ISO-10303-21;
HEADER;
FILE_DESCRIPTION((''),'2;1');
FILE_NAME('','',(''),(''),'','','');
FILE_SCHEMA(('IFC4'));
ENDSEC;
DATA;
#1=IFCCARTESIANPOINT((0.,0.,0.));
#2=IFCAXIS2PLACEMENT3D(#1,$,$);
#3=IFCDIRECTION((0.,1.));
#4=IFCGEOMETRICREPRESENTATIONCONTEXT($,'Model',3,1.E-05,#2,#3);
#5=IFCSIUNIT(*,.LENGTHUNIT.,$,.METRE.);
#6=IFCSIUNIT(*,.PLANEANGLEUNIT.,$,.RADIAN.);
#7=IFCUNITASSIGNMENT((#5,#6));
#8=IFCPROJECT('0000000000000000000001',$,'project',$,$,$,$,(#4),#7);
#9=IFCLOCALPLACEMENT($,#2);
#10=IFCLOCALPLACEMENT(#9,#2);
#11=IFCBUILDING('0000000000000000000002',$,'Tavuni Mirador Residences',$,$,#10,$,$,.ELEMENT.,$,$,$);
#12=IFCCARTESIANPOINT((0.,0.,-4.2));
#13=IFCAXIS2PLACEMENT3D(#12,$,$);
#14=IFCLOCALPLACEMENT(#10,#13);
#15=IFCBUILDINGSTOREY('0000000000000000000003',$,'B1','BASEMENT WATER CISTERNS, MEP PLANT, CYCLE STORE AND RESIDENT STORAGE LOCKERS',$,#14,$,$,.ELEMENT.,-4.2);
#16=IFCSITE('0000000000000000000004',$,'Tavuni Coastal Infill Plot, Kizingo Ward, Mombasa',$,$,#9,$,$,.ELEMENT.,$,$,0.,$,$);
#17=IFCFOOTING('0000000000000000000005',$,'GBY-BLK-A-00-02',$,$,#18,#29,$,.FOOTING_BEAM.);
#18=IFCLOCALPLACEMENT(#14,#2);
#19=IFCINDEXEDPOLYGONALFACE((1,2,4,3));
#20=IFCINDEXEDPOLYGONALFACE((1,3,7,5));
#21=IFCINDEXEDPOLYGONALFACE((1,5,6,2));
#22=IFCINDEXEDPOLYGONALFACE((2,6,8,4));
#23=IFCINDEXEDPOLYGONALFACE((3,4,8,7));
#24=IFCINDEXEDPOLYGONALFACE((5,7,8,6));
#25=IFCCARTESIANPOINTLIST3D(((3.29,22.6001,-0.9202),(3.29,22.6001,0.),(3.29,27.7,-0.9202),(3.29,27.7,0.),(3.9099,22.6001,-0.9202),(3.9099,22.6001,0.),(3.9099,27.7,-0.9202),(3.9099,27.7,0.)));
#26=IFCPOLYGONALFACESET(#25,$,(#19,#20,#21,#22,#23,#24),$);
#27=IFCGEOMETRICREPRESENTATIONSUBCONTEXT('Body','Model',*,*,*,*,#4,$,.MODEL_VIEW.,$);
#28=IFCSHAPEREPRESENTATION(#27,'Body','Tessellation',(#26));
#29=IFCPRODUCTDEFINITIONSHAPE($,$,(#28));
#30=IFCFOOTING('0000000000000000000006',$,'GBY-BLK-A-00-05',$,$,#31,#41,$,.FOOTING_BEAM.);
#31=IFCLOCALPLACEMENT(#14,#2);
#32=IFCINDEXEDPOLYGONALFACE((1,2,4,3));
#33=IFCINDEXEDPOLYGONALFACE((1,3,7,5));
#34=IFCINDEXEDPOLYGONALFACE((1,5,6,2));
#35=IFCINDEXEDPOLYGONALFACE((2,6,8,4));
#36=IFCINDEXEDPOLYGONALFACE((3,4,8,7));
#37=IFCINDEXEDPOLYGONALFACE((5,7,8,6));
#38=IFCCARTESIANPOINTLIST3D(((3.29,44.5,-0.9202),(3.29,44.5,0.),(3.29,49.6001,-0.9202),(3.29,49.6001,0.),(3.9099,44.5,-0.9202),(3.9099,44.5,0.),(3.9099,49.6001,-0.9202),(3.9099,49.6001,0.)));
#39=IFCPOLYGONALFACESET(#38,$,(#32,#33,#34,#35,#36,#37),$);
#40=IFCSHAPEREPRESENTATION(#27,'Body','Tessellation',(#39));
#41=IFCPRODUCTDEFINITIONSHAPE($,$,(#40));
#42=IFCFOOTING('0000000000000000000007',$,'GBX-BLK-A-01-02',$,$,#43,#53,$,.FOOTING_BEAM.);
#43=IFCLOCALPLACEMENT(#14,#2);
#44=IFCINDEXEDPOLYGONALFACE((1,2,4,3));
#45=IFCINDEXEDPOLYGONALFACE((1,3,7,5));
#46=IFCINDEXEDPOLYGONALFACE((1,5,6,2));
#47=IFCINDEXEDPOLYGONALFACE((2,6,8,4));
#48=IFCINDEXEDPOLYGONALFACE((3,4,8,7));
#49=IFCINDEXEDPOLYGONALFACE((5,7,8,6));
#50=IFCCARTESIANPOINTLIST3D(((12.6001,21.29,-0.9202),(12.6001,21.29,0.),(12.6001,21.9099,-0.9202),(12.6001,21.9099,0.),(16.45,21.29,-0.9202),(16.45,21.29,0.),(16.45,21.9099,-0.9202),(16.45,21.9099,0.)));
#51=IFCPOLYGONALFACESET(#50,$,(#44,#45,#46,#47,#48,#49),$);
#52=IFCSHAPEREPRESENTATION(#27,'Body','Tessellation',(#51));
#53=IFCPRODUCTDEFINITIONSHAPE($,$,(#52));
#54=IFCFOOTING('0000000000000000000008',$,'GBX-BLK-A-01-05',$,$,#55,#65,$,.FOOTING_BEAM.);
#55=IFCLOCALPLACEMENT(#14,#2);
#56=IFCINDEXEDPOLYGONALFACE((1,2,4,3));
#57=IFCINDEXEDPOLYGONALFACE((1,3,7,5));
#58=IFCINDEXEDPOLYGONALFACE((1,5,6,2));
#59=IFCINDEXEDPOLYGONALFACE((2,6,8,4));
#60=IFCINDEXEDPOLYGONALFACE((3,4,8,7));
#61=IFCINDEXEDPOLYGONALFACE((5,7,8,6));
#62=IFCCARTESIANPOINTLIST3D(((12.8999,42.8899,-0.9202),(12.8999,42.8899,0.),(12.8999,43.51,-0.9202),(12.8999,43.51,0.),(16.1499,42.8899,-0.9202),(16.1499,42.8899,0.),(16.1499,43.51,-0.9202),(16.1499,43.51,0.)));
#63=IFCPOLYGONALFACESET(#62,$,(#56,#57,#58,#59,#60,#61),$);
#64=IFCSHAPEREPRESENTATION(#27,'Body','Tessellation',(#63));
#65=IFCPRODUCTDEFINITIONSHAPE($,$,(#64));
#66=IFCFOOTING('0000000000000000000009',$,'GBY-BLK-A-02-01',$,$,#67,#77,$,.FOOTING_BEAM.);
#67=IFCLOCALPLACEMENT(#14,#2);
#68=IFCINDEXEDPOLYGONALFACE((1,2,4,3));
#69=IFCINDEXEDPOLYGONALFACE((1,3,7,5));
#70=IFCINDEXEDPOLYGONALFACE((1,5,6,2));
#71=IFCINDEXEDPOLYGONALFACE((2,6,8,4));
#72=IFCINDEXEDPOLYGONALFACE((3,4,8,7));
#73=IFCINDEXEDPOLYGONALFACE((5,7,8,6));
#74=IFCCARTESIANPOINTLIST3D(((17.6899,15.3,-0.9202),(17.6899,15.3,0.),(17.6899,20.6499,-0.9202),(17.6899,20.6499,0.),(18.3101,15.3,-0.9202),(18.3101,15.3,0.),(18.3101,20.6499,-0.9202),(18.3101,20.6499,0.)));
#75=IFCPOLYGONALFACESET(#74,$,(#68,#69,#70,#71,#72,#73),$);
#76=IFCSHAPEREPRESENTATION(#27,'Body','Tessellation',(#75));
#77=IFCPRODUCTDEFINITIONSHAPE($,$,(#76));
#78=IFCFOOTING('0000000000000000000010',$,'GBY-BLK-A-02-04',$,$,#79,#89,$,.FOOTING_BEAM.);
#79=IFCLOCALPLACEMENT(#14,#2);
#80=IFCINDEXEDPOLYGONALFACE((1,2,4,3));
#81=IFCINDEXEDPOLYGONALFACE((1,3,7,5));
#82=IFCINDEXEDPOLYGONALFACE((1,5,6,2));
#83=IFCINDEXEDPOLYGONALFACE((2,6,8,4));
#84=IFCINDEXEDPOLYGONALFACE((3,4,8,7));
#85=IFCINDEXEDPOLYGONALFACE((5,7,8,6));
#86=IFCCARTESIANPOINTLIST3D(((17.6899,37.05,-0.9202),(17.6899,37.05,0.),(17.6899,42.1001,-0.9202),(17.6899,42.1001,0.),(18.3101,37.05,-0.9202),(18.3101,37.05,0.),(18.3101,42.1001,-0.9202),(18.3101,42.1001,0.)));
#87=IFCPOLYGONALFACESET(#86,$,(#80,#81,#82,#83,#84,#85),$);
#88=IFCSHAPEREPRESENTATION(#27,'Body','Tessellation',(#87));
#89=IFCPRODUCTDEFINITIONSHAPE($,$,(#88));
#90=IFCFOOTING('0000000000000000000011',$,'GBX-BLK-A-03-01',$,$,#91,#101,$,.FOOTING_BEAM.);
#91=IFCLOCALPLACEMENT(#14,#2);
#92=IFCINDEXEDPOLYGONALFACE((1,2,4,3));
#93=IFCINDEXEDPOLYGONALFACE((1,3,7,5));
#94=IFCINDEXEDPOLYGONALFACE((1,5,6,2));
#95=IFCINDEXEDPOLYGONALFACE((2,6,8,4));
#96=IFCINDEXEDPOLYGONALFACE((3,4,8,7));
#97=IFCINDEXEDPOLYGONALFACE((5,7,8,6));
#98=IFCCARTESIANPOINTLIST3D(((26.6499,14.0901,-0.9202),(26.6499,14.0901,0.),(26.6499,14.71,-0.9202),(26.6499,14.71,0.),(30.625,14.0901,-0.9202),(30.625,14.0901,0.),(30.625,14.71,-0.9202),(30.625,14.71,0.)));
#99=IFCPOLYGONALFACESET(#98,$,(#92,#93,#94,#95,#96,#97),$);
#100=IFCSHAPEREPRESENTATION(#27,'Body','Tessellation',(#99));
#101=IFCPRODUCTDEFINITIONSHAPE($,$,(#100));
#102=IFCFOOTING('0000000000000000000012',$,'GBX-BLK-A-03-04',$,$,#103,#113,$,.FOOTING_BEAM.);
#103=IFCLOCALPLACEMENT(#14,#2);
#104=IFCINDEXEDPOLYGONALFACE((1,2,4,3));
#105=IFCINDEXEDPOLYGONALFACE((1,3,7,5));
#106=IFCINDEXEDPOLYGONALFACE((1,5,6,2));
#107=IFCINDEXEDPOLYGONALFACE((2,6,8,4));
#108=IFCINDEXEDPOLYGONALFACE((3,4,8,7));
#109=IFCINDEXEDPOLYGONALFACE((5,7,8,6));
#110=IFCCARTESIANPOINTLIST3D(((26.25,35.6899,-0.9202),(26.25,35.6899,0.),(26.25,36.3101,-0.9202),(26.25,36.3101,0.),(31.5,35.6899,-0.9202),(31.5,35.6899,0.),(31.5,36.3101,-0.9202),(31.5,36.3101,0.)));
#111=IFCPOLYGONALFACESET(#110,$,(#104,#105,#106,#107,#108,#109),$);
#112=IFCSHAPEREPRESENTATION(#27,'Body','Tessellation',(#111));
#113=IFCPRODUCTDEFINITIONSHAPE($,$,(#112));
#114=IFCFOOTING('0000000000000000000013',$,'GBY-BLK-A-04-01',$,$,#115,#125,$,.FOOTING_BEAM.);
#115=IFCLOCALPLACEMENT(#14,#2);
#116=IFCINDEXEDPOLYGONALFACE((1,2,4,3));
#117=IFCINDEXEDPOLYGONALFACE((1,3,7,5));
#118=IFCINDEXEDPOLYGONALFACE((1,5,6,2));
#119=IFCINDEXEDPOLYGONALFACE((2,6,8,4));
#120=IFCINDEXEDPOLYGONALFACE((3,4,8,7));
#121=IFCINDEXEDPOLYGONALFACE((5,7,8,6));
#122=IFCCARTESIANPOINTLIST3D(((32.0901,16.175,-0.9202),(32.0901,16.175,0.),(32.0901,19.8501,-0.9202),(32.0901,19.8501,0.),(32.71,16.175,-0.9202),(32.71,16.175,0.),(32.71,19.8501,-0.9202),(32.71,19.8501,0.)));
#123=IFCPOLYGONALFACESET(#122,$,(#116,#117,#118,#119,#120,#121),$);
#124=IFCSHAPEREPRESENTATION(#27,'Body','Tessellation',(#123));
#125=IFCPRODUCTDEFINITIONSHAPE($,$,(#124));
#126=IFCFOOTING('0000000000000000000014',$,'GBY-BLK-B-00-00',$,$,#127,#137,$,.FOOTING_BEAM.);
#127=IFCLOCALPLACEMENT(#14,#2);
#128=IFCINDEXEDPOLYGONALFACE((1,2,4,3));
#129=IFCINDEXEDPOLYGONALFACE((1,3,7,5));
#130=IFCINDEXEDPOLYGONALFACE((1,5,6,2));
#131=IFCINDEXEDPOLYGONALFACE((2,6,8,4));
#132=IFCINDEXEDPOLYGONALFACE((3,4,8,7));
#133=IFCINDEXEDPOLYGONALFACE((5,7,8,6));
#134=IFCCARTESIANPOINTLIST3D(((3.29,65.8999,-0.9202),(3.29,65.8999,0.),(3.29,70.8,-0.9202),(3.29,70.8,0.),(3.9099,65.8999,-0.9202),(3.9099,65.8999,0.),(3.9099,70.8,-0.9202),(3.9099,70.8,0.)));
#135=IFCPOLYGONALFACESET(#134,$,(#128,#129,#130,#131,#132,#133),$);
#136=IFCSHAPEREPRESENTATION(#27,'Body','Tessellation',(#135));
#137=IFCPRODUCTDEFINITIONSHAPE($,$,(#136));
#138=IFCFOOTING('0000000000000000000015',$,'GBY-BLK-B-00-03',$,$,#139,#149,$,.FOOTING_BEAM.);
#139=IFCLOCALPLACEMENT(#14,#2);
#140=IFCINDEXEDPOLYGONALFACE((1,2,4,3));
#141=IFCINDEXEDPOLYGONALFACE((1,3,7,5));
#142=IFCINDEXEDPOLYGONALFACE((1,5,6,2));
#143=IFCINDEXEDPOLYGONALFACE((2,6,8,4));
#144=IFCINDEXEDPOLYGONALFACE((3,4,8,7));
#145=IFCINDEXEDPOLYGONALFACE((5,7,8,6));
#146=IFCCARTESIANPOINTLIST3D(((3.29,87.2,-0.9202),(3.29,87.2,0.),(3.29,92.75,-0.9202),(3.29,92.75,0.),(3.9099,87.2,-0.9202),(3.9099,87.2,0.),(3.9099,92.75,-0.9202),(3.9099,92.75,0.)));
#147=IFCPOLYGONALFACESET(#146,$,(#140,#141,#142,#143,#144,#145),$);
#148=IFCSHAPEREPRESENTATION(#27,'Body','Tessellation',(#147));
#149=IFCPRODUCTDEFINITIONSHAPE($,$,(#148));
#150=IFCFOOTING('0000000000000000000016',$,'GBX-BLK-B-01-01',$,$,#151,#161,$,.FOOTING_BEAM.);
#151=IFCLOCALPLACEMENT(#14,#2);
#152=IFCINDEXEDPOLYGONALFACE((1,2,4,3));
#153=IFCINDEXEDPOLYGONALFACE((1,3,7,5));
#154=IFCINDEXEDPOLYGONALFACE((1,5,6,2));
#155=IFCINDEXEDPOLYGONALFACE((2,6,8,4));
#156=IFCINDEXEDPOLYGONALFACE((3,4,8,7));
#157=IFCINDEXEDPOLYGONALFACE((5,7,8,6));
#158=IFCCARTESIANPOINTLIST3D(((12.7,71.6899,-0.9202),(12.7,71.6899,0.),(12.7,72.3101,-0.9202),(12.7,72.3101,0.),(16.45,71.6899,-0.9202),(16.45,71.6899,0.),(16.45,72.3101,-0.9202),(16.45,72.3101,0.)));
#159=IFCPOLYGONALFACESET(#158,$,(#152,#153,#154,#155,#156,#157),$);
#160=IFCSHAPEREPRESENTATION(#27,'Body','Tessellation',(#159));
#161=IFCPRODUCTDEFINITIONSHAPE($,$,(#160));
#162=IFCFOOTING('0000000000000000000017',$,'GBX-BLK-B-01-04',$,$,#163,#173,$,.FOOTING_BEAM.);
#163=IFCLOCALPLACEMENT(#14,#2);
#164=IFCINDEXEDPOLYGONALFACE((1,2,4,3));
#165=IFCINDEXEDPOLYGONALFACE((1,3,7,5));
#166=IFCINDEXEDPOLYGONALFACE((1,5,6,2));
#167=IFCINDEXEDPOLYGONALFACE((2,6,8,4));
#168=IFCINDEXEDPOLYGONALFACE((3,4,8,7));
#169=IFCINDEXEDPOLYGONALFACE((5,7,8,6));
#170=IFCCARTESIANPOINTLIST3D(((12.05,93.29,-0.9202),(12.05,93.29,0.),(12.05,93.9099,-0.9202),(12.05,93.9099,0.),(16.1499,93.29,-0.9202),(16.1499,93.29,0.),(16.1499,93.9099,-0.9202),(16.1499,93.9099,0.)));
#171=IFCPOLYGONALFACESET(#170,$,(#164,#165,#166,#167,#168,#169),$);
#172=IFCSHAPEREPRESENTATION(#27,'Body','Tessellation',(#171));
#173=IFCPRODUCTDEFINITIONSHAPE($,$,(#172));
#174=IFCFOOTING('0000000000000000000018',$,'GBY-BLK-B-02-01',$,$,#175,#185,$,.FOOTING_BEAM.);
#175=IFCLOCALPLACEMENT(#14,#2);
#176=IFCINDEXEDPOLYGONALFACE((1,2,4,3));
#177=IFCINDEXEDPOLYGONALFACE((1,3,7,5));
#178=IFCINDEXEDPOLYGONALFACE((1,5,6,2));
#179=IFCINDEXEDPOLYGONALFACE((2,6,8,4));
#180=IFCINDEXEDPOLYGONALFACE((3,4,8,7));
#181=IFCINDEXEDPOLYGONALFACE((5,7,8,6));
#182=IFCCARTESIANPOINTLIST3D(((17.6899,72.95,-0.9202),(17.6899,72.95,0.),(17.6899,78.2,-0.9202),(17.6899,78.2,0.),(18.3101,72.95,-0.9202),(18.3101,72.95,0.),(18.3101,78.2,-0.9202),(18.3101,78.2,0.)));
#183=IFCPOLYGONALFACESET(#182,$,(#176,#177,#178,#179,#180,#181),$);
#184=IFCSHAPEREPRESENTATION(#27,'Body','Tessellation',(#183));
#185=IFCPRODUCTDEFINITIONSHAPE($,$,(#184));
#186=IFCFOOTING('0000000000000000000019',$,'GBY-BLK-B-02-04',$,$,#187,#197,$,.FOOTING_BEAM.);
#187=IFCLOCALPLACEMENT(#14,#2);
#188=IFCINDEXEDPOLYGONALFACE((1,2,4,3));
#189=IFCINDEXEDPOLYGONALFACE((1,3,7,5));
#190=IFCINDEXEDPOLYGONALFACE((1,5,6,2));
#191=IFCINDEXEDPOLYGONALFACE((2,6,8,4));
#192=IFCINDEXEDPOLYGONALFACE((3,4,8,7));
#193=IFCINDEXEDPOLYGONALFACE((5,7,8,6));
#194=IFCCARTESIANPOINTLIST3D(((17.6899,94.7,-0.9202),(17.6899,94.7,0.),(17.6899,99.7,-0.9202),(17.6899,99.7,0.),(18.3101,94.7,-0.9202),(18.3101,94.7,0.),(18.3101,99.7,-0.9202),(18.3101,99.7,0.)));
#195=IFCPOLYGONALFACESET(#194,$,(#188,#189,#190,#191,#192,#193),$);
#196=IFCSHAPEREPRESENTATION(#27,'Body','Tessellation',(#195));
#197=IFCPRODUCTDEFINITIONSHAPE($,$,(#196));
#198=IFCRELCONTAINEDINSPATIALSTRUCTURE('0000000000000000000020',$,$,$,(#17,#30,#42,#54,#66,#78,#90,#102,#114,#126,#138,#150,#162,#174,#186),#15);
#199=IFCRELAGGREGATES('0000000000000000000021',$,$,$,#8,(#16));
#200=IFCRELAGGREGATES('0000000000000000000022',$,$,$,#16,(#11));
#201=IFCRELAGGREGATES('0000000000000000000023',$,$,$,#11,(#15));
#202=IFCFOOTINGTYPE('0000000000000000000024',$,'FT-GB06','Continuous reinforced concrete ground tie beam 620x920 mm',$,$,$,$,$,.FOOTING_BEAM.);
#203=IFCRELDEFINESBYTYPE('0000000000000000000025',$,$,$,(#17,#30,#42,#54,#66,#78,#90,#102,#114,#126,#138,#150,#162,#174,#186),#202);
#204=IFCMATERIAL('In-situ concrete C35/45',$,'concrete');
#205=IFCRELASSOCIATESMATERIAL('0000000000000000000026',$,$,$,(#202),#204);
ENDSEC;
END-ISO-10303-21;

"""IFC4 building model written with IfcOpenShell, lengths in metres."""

from ifc_helpers import new_model, si_unit, direction, frame, origin, place, context, subcontext, project, spatial, polyline, outline, extrude, material, type_object, element, save


model = new_model("IFC4")

# Units and contexts
model_context = context("Model", 3, precision=1e-05, world=origin(), true_north=direction((0.0, 1.0)))
body_context = subcontext(model_context, "Body", "Model", "MODEL_VIEW")
ifc_project = project(units=[si_unit("LENGTHUNIT", "METRE"), si_unit("PLANEANGLEUNIT", "RADIAN")], contexts=[model_context])

# Site, building, storey
site_placement = place(None, origin())
site = spatial("IfcSite", under=ifc_project, at=site_placement, Name="Tavuni Coastal Infill Plot, Kizingo Ward, Mombasa", CompositionType="ELEMENT", RefElevation=0.0)
building_placement = place(site_placement, origin())
building = spatial("IfcBuilding", under=site, at=building_placement, Name="Tavuni Mirador Residences", CompositionType="ELEMENT")
storey_placement = place(building_placement, frame((0.0, 0.0, -4.2)))
storey = spatial("IfcBuildingStorey", under=building, at=storey_placement, Name="B1", Description="BASEMENT WATER CISTERNS, MEP PLANT, CYCLE STORE AND RESIDENT STORAGE LOCKERS", CompositionType="ELEMENT", Elevation=-4.2)

# Footings
ifc_material = material(Name="In-situ concrete C35/45", Category="concrete")
footing_type = type_object("IfcFootingType", Name="FT-GB06", Description="Continuous reinforced concrete ground tie beam 620x920 mm", PredefinedType="FOOTING_BEAM", material=ifc_material)
footing_1_placement = place(storey_placement, frame((0.0, 0.0, -0.9202)))
element("IfcFooting", 1, at=footing_1_placement, inside=storey, type_object=footing_type, Name="GBY-BLK-A-00-02", PredefinedType="FOOTING_BEAM", context=body_context, shape_type="SweptSolid", body=[
    extrude(outline(polyline([(3.29, 22.6001), (3.9099, 22.6001), (3.9099, 27.7), (3.29, 27.7), (3.29, 22.6001)])), origin(), (0.0, 0.0, 1.0), 0.9202),
])
footing_2_placement = place(storey_placement, frame((0.0, 0.0, -0.9202)))
element("IfcFooting", 2, at=footing_2_placement, inside=storey, type_object=footing_type, Name="GBY-BLK-A-00-05", PredefinedType="FOOTING_BEAM", context=body_context, shape_type="SweptSolid", body=[
    extrude(outline(polyline([(3.29, 44.5), (3.9099, 44.5), (3.9099, 49.6001), (3.29, 49.6001), (3.29, 44.5)])), origin(), (0.0, 0.0, 1.0), 0.9202),
])
footing_3_placement = place(storey_placement, frame((0.0, 0.0, -0.9202)))
element("IfcFooting", 3, at=footing_3_placement, inside=storey, type_object=footing_type, Name="GBX-BLK-A-01-02", PredefinedType="FOOTING_BEAM", context=body_context, shape_type="SweptSolid", body=[
    extrude(outline(polyline([(12.6001, 21.29), (16.45, 21.29), (16.45, 21.9099), (12.6001, 21.9099), (12.6001, 21.29)])), origin(), (0.0, 0.0, 1.0), 0.9202),
])
footing_4_placement = place(storey_placement, frame((0.0, 0.0, -0.9202)))
element("IfcFooting", 4, at=footing_4_placement, inside=storey, type_object=footing_type, Name="GBX-BLK-A-01-05", PredefinedType="FOOTING_BEAM", context=body_context, shape_type="SweptSolid", body=[
    extrude(outline(polyline([(12.8999, 42.8899), (16.1499, 42.8899), (16.1499, 43.51), (12.8999, 43.51), (12.8999, 42.8899)])), origin(), (0.0, 0.0, 1.0), 0.9202),
])
footing_5_placement = place(storey_placement, frame((0.0, 0.0, -0.9202)))
element("IfcFooting", 5, at=footing_5_placement, inside=storey, type_object=footing_type, Name="GBY-BLK-A-02-01", PredefinedType="FOOTING_BEAM", context=body_context, shape_type="SweptSolid", body=[
    extrude(outline(polyline([(17.6899, 15.3), (18.3101, 15.3), (18.3101, 20.6499), (17.6899, 20.6499), (17.6899, 15.3)])), origin(), (0.0, 0.0, 1.0), 0.9202),
])
footing_6_placement = place(storey_placement, frame((0.0, 0.0, -0.9202)))
element("IfcFooting", 6, at=footing_6_placement, inside=storey, type_object=footing_type, Name="GBY-BLK-A-02-04", PredefinedType="FOOTING_BEAM", context=body_context, shape_type="SweptSolid", body=[
    extrude(outline(polyline([(17.6899, 37.05), (18.3101, 37.05), (18.3101, 42.1001), (17.6899, 42.1001), (17.6899, 37.05)])), origin(), (0.0, 0.0, 1.0), 0.9202),
])
footing_7_placement = place(storey_placement, frame((0.0, 0.0, -0.9202)))
element("IfcFooting", 7, at=footing_7_placement, inside=storey, type_object=footing_type, Name="GBX-BLK-A-03-01", PredefinedType="FOOTING_BEAM", context=body_context, shape_type="SweptSolid", body=[
    extrude(outline(polyline([(26.6499, 14.0901), (30.625, 14.0901), (30.625, 14.71), (26.6499, 14.71), (26.6499, 14.0901)])), origin(), (0.0, 0.0, 1.0), 0.9202),
])
footing_8_placement = place(storey_placement, frame((0.0, 0.0, -0.9202)))
element("IfcFooting", 8, at=footing_8_placement, inside=storey, type_object=footing_type, Name="GBX-BLK-A-03-04", PredefinedType="FOOTING_BEAM", context=body_context, shape_type="SweptSolid", body=[
    extrude(outline(polyline([(26.25, 35.6899), (31.5, 35.6899), (31.5, 36.3101), (26.25, 36.3101), (26.25, 35.6899)])), origin(), (0.0, 0.0, 1.0), 0.9202),
])
footing_9_placement = place(storey_placement, frame((0.0, 0.0, -0.9202)))
element("IfcFooting", 9, at=footing_9_placement, inside=storey, type_object=footing_type, Name="GBY-BLK-A-04-01", PredefinedType="FOOTING_BEAM", context=body_context, shape_type="SweptSolid", body=[
    extrude(outline(polyline([(32.0901, 16.175), (32.71, 16.175), (32.71, 19.8501), (32.0901, 19.8501), (32.0901, 16.175)])), origin(), (0.0, 0.0, 1.0), 0.9202),
])
footing_10_placement = place(storey_placement, frame((0.0, 0.0, -0.9202)))
element("IfcFooting", 10, at=footing_10_placement, inside=storey, type_object=footing_type, Name="GBY-BLK-B-00-00", PredefinedType="FOOTING_BEAM", context=body_context, shape_type="SweptSolid", body=[
    extrude(outline(polyline([(3.29, 65.8999), (3.9099, 65.8999), (3.9099, 70.8), (3.29, 70.8), (3.29, 65.8999)])), origin(), (0.0, 0.0, 1.0), 0.9202),
])
footing_11_placement = place(storey_placement, frame((0.0, 0.0, -0.9202)))
element("IfcFooting", 11, at=footing_11_placement, inside=storey, type_object=footing_type, Name="GBY-BLK-B-00-03", PredefinedType="FOOTING_BEAM", context=body_context, shape_type="SweptSolid", body=[
    extrude(outline(polyline([(3.29, 87.2), (3.9099, 87.2), (3.9099, 92.75), (3.29, 92.75), (3.29, 87.2)])), origin(), (0.0, 0.0, 1.0), 0.9202),
])
footing_12_placement = place(storey_placement, frame((0.0, 0.0, -0.9202)))
element("IfcFooting", 12, at=footing_12_placement, inside=storey, type_object=footing_type, Name="GBX-BLK-B-01-01", PredefinedType="FOOTING_BEAM", context=body_context, shape_type="SweptSolid", body=[
    extrude(outline(polyline([(12.7, 71.6899), (16.45, 71.6899), (16.45, 72.3101), (12.7, 72.3101), (12.7, 71.6899)])), origin(), (0.0, 0.0, 1.0), 0.9202),
])
footing_13_placement = place(storey_placement, frame((0.0, 0.0, -0.9202)))
element("IfcFooting", 13, at=footing_13_placement, inside=storey, type_object=footing_type, Name="GBX-BLK-B-01-04", PredefinedType="FOOTING_BEAM", context=body_context, shape_type="SweptSolid", body=[
    extrude(outline(polyline([(12.05, 93.29), (16.1499, 93.29), (16.1499, 93.9099), (12.05, 93.9099), (12.05, 93.29)])), origin(), (0.0, 0.0, 1.0), 0.9202),
])
footing_14_placement = place(storey_placement, frame((0.0, 0.0, -0.9202)))
element("IfcFooting", 14, at=footing_14_placement, inside=storey, type_object=footing_type, Name="GBY-BLK-B-02-01", PredefinedType="FOOTING_BEAM", context=body_context, shape_type="SweptSolid", body=[
    extrude(outline(polyline([(17.6899, 72.95), (18.3101, 72.95), (18.3101, 78.2), (17.6899, 78.2), (17.6899, 72.95)])), origin(), (0.0, 0.0, 1.0), 0.9202),
])
footing_15_placement = place(storey_placement, frame((0.0, 0.0, -0.9202)))
element("IfcFooting", 15, at=footing_15_placement, inside=storey, type_object=footing_type, Name="GBY-BLK-B-02-04", PredefinedType="FOOTING_BEAM", context=body_context, shape_type="SweptSolid", body=[
    extrude(outline(polyline([(17.6899, 94.7), (18.3101, 94.7), (18.3101, 99.7), (17.6899, 99.7), (17.6899, 94.7)])), origin(), (0.0, 0.0, 1.0), 0.9202),
])

save(model, "model.ifc")
